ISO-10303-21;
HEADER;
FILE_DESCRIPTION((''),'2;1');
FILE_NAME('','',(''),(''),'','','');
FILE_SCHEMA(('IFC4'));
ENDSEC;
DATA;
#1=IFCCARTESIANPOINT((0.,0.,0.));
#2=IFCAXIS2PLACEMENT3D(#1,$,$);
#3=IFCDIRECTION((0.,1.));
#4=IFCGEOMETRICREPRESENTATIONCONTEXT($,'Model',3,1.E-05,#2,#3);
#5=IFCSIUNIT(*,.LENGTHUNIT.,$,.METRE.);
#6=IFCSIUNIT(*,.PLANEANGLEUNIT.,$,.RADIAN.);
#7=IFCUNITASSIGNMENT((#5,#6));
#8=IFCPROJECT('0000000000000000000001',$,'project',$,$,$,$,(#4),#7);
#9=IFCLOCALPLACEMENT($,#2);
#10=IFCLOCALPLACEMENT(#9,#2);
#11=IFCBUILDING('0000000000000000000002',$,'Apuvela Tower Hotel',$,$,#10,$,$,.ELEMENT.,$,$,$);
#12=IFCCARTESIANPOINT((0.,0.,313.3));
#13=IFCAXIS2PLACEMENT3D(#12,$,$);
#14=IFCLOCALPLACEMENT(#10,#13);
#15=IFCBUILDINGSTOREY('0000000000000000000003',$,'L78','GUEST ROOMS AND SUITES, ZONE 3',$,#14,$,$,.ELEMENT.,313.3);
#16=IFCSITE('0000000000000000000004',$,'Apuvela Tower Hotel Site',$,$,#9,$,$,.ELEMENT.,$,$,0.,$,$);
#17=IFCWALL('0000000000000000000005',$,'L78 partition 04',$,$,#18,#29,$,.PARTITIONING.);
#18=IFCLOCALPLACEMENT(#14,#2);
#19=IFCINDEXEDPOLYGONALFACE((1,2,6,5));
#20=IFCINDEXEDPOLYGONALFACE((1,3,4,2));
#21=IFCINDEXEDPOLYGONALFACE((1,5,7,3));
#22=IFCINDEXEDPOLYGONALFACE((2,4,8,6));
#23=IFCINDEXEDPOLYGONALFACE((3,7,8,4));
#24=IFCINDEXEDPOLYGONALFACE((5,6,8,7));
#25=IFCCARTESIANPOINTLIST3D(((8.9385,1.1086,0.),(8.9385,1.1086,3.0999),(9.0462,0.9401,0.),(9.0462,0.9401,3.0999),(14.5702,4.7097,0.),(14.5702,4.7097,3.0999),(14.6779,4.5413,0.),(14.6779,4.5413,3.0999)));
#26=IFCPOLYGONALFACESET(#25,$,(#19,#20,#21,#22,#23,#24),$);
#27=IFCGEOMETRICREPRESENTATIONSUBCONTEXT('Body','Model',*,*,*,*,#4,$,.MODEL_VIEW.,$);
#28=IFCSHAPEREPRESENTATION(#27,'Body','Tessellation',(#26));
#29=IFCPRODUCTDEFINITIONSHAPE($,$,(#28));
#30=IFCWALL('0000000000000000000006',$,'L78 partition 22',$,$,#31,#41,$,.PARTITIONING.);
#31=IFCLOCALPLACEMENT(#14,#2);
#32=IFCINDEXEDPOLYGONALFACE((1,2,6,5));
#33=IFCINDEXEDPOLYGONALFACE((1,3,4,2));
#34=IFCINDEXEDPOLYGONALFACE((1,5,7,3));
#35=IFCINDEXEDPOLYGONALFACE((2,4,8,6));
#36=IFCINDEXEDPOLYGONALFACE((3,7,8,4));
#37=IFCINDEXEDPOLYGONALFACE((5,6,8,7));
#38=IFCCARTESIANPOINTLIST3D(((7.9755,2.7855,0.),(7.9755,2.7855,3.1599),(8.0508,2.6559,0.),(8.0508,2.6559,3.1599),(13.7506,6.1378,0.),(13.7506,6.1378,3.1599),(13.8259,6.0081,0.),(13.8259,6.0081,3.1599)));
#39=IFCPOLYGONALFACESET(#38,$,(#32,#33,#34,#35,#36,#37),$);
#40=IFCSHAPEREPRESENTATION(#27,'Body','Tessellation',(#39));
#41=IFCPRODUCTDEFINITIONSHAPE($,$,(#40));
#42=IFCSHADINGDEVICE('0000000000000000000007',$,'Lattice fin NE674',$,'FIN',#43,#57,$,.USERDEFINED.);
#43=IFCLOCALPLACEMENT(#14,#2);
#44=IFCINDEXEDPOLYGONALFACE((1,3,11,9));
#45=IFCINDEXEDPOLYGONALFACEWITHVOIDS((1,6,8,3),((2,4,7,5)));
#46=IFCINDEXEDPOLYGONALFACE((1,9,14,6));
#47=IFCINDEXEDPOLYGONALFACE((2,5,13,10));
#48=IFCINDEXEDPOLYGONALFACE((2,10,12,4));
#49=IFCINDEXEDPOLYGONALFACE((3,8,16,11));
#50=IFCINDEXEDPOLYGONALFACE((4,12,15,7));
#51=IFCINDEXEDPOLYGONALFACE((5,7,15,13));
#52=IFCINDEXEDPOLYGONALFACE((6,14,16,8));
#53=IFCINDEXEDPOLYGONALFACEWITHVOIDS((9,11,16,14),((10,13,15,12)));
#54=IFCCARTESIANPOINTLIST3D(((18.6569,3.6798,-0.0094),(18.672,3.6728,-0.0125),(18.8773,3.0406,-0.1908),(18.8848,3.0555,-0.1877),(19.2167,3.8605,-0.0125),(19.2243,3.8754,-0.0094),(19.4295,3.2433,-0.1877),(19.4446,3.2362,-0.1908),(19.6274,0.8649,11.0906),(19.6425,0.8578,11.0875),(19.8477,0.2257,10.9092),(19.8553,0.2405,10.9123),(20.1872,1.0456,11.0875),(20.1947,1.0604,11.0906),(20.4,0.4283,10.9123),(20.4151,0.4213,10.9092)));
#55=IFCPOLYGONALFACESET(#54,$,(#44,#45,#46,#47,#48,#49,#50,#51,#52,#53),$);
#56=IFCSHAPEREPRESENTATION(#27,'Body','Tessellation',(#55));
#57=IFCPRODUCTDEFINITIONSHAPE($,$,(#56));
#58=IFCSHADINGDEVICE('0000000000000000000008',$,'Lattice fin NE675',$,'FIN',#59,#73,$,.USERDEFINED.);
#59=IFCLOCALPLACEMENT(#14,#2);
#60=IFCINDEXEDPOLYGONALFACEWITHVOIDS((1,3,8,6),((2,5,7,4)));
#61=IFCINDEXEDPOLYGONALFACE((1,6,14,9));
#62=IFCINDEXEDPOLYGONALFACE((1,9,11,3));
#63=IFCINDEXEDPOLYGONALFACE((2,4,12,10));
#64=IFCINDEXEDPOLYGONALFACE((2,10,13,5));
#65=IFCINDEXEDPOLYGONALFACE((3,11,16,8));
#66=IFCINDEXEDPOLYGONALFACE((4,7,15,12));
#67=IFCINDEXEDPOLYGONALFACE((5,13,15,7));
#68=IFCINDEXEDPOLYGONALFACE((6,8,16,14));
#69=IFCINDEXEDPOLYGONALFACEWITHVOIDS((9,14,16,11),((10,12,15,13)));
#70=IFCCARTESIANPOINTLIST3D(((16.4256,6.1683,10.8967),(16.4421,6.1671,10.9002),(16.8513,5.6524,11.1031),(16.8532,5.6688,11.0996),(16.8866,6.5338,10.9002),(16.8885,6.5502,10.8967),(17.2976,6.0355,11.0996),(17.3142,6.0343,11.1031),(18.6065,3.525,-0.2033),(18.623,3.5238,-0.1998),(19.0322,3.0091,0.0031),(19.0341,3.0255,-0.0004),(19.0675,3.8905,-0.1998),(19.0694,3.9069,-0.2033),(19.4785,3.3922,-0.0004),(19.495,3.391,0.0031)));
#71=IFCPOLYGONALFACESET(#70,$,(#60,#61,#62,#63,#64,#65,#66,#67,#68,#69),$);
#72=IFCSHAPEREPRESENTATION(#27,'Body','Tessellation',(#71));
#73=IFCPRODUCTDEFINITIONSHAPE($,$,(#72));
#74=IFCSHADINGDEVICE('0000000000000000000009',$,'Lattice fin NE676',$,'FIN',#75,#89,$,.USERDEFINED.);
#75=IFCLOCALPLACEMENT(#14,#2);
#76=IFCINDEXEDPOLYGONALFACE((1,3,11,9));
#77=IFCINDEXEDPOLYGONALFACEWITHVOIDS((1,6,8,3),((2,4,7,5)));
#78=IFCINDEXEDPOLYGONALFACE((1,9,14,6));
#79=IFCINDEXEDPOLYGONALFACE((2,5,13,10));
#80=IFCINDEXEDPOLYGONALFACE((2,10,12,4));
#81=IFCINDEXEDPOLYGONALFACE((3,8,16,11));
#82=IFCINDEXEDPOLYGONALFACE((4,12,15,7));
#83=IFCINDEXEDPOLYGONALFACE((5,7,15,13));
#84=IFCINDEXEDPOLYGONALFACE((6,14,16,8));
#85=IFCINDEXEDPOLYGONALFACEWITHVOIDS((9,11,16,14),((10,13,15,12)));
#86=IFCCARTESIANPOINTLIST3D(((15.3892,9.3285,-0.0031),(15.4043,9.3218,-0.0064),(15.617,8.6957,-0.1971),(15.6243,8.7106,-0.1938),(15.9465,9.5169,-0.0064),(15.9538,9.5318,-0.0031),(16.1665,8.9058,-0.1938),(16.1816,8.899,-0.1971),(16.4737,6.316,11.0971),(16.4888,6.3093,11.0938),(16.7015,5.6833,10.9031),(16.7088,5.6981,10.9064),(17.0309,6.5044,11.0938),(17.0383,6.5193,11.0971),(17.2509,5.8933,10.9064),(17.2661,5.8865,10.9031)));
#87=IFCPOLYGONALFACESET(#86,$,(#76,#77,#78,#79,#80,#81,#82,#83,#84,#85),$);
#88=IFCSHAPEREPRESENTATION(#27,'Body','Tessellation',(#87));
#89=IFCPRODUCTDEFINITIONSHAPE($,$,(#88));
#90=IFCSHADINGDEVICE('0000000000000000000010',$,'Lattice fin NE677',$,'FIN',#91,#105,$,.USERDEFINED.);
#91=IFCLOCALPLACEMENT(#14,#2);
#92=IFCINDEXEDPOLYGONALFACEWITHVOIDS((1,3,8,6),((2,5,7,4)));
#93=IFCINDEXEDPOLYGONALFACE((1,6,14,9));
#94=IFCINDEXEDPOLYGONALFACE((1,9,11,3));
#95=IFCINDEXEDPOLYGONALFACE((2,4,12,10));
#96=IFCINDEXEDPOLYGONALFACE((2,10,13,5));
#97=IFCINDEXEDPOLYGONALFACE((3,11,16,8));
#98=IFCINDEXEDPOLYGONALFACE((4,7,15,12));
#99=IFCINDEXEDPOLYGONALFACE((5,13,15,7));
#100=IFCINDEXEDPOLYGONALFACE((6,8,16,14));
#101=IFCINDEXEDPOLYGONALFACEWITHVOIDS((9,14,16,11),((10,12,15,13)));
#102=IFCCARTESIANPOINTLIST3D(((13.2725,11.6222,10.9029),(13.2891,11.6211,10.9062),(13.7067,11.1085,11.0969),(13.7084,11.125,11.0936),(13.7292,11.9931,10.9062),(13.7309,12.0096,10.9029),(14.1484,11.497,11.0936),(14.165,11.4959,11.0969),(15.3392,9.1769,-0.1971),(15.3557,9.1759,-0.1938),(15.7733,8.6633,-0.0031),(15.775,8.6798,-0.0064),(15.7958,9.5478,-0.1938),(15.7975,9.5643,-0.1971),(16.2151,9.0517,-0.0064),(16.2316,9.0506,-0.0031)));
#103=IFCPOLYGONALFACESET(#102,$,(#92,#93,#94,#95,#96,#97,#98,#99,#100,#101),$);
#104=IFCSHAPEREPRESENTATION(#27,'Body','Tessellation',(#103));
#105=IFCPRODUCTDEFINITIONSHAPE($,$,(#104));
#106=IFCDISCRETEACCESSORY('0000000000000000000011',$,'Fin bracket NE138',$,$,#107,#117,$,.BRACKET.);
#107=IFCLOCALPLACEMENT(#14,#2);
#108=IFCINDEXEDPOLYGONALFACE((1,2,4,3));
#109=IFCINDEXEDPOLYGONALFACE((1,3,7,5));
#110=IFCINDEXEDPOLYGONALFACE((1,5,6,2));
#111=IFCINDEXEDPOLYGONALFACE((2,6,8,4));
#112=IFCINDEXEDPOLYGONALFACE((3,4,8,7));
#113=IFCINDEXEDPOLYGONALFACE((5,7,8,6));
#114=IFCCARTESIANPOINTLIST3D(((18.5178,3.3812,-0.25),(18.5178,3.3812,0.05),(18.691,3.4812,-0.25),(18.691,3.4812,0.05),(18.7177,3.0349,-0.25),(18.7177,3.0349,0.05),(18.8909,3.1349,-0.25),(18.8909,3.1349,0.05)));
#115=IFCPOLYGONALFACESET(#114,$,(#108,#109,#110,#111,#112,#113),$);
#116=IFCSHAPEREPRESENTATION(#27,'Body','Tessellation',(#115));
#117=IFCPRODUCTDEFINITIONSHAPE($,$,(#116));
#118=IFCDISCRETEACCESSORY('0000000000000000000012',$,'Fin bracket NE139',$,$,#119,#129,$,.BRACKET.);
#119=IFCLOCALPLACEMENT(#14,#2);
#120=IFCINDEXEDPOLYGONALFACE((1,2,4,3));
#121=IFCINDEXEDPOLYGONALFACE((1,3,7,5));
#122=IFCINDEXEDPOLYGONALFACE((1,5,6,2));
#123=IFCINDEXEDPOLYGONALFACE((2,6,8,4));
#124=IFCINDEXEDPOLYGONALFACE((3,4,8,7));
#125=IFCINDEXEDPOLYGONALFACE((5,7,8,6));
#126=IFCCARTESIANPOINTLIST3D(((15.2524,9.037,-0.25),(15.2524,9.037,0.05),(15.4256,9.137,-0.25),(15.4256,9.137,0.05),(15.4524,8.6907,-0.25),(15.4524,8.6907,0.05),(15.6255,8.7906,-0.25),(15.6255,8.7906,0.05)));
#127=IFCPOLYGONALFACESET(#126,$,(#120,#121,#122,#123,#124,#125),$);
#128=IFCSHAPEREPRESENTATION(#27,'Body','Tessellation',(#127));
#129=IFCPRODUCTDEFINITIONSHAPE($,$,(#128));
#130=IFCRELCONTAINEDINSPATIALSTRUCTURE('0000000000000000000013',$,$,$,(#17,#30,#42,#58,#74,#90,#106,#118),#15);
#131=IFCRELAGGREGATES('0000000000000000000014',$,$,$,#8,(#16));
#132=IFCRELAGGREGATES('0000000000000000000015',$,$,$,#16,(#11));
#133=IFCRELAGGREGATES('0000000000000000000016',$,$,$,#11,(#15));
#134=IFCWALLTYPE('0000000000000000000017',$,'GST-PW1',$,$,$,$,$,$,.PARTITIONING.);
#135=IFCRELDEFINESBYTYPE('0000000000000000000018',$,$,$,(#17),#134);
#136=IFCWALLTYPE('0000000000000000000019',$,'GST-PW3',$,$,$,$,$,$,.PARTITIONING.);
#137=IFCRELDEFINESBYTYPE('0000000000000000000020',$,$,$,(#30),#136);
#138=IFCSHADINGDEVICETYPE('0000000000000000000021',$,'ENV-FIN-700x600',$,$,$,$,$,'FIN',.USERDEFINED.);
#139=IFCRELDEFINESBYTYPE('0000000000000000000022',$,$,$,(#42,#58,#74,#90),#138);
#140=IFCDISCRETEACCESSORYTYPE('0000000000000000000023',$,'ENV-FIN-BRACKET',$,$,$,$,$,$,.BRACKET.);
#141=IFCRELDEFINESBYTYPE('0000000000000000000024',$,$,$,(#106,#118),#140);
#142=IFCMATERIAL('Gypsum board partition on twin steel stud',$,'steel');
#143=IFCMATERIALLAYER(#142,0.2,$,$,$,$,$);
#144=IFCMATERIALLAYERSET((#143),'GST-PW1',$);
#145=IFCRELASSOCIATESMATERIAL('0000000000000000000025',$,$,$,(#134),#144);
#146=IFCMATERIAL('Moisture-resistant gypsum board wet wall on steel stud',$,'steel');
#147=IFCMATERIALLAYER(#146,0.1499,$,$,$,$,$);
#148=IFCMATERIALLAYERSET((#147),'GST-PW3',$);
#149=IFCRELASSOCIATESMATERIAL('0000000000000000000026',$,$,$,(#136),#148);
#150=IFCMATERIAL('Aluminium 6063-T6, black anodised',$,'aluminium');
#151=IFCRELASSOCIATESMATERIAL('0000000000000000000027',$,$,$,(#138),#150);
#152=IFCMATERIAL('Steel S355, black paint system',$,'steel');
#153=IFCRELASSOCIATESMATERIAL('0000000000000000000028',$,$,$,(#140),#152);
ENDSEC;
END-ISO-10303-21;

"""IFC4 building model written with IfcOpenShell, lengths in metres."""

from ifc_helpers import new_model, si_unit, direction, frame, frame_2d, origin, origin_2d, place, context, subcontext, project, spatial, rectangle, hollow_rectangle, extrude, material, layer, layer_set, material_profile, profile_set, type_object, element, save


model = new_model("IFC4")

# Units and contexts
model_context = context("Model", 3, precision=1e-05, world=origin(), true_north=direction((0.0, 1.0)))
body_context = subcontext(model_context, "Body", "Model", "MODEL_VIEW")
ifc_project = project(units=[si_unit("LENGTHUNIT", "METRE"), si_unit("PLANEANGLEUNIT", "RADIAN")], contexts=[model_context])

# Site, building, storey
site_placement = place(None, origin())
site = spatial("IfcSite", under=ifc_project, at=site_placement, Name="Apuvela Tower Hotel Site", CompositionType="ELEMENT", RefElevation=0.0)
building_placement = place(site_placement, origin())
building = spatial("IfcBuilding", under=site, at=building_placement, Name="Apuvela Tower Hotel", CompositionType="ELEMENT")
storey_placement = place(building_placement, frame((0.0, 0.0, 313.3)))
storey = spatial("IfcBuildingStorey", under=building, at=storey_placement, Name="L78", Description="GUEST ROOMS AND SUITES, ZONE 3", CompositionType="ELEMENT", Elevation=313.3)

# Walls
ifc_material_1 = material(Name="Gypsum board partition on twin steel stud", Category="steel")
ifc_layer_1 = layer(ifc_material_1, 0.2)
ifc_layer_set_1 = layer_set([ifc_layer_1], Name="GST-PW1")
wall_type_1 = type_object("IfcWallType", Name="GST-PW1", PredefinedType="PARTITIONING", material=ifc_layer_set_1)
wall_1_placement = place(storey_placement, frame((14.624, 4.6255, 0.0), z_axis=(0.0, 0.0, 1.0), x_axis=(-0.842485, -0.53872, 0.0)))
element("IfcWall", 1, at=wall_1_placement, inside=storey, type_object=wall_type_1, Name="L78 partition 04", PredefinedType="PARTITIONING", context=body_context, shape_type="SweptSolid", body=[
    extrude(rectangle(XDim=6.6846, YDim=0.2, at=frame_2d((3.3423, 0.0))), origin(), (0.0, 0.0, 1.0), 3.0999),
])
ifc_material_2 = material(Name="Moisture-resistant gypsum board wet wall on steel stud", Category="steel")
ifc_layer_2 = layer(ifc_material_2, 0.1499)
ifc_layer_set_2 = layer_set([ifc_layer_2], Name="GST-PW3")
wall_type_2 = type_object("IfcWallType", Name="GST-PW3", PredefinedType="PARTITIONING", material=ifc_layer_set_2)
wall_2_placement = place(storey_placement, frame((13.7883, 6.073, 0.0), z_axis=(0.0, 0.0, 1.0), x_axis=(-0.864855, -0.502022, 0.0)))
element("IfcWall", 2, at=wall_2_placement, inside=storey, type_object=wall_type_2, Name="L78 partition 22", PredefinedType="PARTITIONING", context=body_context, shape_type="SweptSolid", body=[
    extrude(rectangle(XDim=6.6775, YDim=0.1499, at=frame_2d((3.3389, 0.0))), origin(), (0.0, 0.0, 1.0), 3.1599),
])

# Shading devices
ifc_material_3 = material(Name="Aluminium 6063-T6, black anodised", Category="aluminium")
ifc_material_profile_1 = material_profile(ifc_material_3, hollow_rectangle(XDim=0.6001, YDim=0.7, WallThickness=0.012, at=origin_2d()), Name="AL BOX 700x600x12")
ifc_profile_set_1 = profile_set([ifc_material_profile_1], Name="Aluminium 6063-T6, black anodised")
shading_device_type = type_object("IfcShadingDeviceType", Name="ENV-FIN-700x600", ElementType="FIN", PredefinedType="USERDEFINED", material=ifc_profile_set_1)
shading_device_1_placement = place(storey_placement, frame((19.0508, 3.458, -0.1001), z_axis=(0.084443, -0.244937, 0.965855), x_axis=(0.945395, 0.325928, 0.0)))
element("IfcShadingDevice", 3, at=shading_device_1_placement, inside=storey, type_object=shading_device_type, Name="Lattice fin NE674", ObjectType="FIN", PredefinedType="USERDEFINED", context=body_context, shape_type="SweptSolid", body=[
    extrude(hollow_rectangle(XDim=0.6001, YDim=0.7, WallThickness=0.012, at=origin_2d()), origin(), (0.0, 0.0, 1.0), 11.4924),
])
shading_device_2_placement = place(storey_placement, frame((19.0508, 3.458, -0.1001), z_axis=(-0.187734, 0.227537, 0.955501), x_axis=(-0.771348, -0.636414, 0.0)))
element("IfcShadingDevice", 4, at=shading_device_2_placement, inside=storey, type_object=shading_device_type, Name="Lattice fin NE675", ObjectType="FIN", PredefinedType="USERDEFINED", context=body_context, shape_type="SweptSolid", body=[
    extrude(hollow_rectangle(XDim=0.6001, YDim=0.7, WallThickness=0.012, at=origin_2d()), origin(), (0.0, 0.0, 1.0), 11.6169),
])
shading_device_3_placement = place(storey_placement, frame((15.7854, 9.1138, -0.1001), z_axis=(0.093872, -0.260759, 0.960829), x_axis=(0.940888, 0.338717, 0.0)))
element("IfcShadingDevice", 5, at=shading_device_3_placement, inside=storey, type_object=shading_device_type, Name="Lattice fin NE676", ObjectType="FIN", PredefinedType="USERDEFINED", context=body_context, shape_type="SweptSolid", body=[
    extrude(hollow_rectangle(XDim=0.6001, YDim=0.7, WallThickness=0.012, at=origin_2d()), origin(), (0.0, 0.0, 1.0), 11.5527),
])
shading_device_4_placement = place(storey_placement, frame((15.7854, 9.1138, -0.1001), z_axis=(-0.17889, 0.211668, 0.96083), x_axis=(-0.763765, -0.645494, 0.0)))
element("IfcShadingDevice", 6, at=shading_device_4_placement, inside=storey, type_object=shading_device_type, Name="Lattice fin NE677", ObjectType="FIN", PredefinedType="USERDEFINED", context=body_context, shape_type="SweptSolid", body=[
    extrude(hollow_rectangle(XDim=0.6001, YDim=0.7, WallThickness=0.012, at=origin_2d()), origin(), (0.0, 0.0, 1.0), 11.5525),
])

# Discrete accessories
ifc_material_4 = material(Name="Steel S355, black paint system", Category="steel")
discrete_accessory_type = type_object("IfcDiscreteAccessoryType", Name="ENV-FIN-BRACKET", PredefinedType="BRACKET", material=ifc_material_4)
for number, where, z_axis, x_axis, name in (
    (7, (18.7043, 3.2581, -0.25), (0.0, 0.0, 1.0), (-0.5, 0.866025, 0.0), "Fin bracket NE138"),
    (8, (15.439, 8.9138, -0.25), (0.0, 0.0, 1.0), (-0.5, 0.866025, 0.0), "Fin bracket NE139"),
):
    element("IfcDiscreteAccessory", number, at=place(storey_placement, frame(where, z_axis=z_axis, x_axis=x_axis)), inside=storey, type_object=discrete_accessory_type, Name=name, PredefinedType="BRACKET", context=body_context, shape_type="SweptSolid", body=[
        extrude(rectangle(XDim=0.3999, YDim=0.2, at=origin_2d()), origin(), (0.0, 0.0, 1.0), 0.3),
    ])

save(model, "model.ifc")
